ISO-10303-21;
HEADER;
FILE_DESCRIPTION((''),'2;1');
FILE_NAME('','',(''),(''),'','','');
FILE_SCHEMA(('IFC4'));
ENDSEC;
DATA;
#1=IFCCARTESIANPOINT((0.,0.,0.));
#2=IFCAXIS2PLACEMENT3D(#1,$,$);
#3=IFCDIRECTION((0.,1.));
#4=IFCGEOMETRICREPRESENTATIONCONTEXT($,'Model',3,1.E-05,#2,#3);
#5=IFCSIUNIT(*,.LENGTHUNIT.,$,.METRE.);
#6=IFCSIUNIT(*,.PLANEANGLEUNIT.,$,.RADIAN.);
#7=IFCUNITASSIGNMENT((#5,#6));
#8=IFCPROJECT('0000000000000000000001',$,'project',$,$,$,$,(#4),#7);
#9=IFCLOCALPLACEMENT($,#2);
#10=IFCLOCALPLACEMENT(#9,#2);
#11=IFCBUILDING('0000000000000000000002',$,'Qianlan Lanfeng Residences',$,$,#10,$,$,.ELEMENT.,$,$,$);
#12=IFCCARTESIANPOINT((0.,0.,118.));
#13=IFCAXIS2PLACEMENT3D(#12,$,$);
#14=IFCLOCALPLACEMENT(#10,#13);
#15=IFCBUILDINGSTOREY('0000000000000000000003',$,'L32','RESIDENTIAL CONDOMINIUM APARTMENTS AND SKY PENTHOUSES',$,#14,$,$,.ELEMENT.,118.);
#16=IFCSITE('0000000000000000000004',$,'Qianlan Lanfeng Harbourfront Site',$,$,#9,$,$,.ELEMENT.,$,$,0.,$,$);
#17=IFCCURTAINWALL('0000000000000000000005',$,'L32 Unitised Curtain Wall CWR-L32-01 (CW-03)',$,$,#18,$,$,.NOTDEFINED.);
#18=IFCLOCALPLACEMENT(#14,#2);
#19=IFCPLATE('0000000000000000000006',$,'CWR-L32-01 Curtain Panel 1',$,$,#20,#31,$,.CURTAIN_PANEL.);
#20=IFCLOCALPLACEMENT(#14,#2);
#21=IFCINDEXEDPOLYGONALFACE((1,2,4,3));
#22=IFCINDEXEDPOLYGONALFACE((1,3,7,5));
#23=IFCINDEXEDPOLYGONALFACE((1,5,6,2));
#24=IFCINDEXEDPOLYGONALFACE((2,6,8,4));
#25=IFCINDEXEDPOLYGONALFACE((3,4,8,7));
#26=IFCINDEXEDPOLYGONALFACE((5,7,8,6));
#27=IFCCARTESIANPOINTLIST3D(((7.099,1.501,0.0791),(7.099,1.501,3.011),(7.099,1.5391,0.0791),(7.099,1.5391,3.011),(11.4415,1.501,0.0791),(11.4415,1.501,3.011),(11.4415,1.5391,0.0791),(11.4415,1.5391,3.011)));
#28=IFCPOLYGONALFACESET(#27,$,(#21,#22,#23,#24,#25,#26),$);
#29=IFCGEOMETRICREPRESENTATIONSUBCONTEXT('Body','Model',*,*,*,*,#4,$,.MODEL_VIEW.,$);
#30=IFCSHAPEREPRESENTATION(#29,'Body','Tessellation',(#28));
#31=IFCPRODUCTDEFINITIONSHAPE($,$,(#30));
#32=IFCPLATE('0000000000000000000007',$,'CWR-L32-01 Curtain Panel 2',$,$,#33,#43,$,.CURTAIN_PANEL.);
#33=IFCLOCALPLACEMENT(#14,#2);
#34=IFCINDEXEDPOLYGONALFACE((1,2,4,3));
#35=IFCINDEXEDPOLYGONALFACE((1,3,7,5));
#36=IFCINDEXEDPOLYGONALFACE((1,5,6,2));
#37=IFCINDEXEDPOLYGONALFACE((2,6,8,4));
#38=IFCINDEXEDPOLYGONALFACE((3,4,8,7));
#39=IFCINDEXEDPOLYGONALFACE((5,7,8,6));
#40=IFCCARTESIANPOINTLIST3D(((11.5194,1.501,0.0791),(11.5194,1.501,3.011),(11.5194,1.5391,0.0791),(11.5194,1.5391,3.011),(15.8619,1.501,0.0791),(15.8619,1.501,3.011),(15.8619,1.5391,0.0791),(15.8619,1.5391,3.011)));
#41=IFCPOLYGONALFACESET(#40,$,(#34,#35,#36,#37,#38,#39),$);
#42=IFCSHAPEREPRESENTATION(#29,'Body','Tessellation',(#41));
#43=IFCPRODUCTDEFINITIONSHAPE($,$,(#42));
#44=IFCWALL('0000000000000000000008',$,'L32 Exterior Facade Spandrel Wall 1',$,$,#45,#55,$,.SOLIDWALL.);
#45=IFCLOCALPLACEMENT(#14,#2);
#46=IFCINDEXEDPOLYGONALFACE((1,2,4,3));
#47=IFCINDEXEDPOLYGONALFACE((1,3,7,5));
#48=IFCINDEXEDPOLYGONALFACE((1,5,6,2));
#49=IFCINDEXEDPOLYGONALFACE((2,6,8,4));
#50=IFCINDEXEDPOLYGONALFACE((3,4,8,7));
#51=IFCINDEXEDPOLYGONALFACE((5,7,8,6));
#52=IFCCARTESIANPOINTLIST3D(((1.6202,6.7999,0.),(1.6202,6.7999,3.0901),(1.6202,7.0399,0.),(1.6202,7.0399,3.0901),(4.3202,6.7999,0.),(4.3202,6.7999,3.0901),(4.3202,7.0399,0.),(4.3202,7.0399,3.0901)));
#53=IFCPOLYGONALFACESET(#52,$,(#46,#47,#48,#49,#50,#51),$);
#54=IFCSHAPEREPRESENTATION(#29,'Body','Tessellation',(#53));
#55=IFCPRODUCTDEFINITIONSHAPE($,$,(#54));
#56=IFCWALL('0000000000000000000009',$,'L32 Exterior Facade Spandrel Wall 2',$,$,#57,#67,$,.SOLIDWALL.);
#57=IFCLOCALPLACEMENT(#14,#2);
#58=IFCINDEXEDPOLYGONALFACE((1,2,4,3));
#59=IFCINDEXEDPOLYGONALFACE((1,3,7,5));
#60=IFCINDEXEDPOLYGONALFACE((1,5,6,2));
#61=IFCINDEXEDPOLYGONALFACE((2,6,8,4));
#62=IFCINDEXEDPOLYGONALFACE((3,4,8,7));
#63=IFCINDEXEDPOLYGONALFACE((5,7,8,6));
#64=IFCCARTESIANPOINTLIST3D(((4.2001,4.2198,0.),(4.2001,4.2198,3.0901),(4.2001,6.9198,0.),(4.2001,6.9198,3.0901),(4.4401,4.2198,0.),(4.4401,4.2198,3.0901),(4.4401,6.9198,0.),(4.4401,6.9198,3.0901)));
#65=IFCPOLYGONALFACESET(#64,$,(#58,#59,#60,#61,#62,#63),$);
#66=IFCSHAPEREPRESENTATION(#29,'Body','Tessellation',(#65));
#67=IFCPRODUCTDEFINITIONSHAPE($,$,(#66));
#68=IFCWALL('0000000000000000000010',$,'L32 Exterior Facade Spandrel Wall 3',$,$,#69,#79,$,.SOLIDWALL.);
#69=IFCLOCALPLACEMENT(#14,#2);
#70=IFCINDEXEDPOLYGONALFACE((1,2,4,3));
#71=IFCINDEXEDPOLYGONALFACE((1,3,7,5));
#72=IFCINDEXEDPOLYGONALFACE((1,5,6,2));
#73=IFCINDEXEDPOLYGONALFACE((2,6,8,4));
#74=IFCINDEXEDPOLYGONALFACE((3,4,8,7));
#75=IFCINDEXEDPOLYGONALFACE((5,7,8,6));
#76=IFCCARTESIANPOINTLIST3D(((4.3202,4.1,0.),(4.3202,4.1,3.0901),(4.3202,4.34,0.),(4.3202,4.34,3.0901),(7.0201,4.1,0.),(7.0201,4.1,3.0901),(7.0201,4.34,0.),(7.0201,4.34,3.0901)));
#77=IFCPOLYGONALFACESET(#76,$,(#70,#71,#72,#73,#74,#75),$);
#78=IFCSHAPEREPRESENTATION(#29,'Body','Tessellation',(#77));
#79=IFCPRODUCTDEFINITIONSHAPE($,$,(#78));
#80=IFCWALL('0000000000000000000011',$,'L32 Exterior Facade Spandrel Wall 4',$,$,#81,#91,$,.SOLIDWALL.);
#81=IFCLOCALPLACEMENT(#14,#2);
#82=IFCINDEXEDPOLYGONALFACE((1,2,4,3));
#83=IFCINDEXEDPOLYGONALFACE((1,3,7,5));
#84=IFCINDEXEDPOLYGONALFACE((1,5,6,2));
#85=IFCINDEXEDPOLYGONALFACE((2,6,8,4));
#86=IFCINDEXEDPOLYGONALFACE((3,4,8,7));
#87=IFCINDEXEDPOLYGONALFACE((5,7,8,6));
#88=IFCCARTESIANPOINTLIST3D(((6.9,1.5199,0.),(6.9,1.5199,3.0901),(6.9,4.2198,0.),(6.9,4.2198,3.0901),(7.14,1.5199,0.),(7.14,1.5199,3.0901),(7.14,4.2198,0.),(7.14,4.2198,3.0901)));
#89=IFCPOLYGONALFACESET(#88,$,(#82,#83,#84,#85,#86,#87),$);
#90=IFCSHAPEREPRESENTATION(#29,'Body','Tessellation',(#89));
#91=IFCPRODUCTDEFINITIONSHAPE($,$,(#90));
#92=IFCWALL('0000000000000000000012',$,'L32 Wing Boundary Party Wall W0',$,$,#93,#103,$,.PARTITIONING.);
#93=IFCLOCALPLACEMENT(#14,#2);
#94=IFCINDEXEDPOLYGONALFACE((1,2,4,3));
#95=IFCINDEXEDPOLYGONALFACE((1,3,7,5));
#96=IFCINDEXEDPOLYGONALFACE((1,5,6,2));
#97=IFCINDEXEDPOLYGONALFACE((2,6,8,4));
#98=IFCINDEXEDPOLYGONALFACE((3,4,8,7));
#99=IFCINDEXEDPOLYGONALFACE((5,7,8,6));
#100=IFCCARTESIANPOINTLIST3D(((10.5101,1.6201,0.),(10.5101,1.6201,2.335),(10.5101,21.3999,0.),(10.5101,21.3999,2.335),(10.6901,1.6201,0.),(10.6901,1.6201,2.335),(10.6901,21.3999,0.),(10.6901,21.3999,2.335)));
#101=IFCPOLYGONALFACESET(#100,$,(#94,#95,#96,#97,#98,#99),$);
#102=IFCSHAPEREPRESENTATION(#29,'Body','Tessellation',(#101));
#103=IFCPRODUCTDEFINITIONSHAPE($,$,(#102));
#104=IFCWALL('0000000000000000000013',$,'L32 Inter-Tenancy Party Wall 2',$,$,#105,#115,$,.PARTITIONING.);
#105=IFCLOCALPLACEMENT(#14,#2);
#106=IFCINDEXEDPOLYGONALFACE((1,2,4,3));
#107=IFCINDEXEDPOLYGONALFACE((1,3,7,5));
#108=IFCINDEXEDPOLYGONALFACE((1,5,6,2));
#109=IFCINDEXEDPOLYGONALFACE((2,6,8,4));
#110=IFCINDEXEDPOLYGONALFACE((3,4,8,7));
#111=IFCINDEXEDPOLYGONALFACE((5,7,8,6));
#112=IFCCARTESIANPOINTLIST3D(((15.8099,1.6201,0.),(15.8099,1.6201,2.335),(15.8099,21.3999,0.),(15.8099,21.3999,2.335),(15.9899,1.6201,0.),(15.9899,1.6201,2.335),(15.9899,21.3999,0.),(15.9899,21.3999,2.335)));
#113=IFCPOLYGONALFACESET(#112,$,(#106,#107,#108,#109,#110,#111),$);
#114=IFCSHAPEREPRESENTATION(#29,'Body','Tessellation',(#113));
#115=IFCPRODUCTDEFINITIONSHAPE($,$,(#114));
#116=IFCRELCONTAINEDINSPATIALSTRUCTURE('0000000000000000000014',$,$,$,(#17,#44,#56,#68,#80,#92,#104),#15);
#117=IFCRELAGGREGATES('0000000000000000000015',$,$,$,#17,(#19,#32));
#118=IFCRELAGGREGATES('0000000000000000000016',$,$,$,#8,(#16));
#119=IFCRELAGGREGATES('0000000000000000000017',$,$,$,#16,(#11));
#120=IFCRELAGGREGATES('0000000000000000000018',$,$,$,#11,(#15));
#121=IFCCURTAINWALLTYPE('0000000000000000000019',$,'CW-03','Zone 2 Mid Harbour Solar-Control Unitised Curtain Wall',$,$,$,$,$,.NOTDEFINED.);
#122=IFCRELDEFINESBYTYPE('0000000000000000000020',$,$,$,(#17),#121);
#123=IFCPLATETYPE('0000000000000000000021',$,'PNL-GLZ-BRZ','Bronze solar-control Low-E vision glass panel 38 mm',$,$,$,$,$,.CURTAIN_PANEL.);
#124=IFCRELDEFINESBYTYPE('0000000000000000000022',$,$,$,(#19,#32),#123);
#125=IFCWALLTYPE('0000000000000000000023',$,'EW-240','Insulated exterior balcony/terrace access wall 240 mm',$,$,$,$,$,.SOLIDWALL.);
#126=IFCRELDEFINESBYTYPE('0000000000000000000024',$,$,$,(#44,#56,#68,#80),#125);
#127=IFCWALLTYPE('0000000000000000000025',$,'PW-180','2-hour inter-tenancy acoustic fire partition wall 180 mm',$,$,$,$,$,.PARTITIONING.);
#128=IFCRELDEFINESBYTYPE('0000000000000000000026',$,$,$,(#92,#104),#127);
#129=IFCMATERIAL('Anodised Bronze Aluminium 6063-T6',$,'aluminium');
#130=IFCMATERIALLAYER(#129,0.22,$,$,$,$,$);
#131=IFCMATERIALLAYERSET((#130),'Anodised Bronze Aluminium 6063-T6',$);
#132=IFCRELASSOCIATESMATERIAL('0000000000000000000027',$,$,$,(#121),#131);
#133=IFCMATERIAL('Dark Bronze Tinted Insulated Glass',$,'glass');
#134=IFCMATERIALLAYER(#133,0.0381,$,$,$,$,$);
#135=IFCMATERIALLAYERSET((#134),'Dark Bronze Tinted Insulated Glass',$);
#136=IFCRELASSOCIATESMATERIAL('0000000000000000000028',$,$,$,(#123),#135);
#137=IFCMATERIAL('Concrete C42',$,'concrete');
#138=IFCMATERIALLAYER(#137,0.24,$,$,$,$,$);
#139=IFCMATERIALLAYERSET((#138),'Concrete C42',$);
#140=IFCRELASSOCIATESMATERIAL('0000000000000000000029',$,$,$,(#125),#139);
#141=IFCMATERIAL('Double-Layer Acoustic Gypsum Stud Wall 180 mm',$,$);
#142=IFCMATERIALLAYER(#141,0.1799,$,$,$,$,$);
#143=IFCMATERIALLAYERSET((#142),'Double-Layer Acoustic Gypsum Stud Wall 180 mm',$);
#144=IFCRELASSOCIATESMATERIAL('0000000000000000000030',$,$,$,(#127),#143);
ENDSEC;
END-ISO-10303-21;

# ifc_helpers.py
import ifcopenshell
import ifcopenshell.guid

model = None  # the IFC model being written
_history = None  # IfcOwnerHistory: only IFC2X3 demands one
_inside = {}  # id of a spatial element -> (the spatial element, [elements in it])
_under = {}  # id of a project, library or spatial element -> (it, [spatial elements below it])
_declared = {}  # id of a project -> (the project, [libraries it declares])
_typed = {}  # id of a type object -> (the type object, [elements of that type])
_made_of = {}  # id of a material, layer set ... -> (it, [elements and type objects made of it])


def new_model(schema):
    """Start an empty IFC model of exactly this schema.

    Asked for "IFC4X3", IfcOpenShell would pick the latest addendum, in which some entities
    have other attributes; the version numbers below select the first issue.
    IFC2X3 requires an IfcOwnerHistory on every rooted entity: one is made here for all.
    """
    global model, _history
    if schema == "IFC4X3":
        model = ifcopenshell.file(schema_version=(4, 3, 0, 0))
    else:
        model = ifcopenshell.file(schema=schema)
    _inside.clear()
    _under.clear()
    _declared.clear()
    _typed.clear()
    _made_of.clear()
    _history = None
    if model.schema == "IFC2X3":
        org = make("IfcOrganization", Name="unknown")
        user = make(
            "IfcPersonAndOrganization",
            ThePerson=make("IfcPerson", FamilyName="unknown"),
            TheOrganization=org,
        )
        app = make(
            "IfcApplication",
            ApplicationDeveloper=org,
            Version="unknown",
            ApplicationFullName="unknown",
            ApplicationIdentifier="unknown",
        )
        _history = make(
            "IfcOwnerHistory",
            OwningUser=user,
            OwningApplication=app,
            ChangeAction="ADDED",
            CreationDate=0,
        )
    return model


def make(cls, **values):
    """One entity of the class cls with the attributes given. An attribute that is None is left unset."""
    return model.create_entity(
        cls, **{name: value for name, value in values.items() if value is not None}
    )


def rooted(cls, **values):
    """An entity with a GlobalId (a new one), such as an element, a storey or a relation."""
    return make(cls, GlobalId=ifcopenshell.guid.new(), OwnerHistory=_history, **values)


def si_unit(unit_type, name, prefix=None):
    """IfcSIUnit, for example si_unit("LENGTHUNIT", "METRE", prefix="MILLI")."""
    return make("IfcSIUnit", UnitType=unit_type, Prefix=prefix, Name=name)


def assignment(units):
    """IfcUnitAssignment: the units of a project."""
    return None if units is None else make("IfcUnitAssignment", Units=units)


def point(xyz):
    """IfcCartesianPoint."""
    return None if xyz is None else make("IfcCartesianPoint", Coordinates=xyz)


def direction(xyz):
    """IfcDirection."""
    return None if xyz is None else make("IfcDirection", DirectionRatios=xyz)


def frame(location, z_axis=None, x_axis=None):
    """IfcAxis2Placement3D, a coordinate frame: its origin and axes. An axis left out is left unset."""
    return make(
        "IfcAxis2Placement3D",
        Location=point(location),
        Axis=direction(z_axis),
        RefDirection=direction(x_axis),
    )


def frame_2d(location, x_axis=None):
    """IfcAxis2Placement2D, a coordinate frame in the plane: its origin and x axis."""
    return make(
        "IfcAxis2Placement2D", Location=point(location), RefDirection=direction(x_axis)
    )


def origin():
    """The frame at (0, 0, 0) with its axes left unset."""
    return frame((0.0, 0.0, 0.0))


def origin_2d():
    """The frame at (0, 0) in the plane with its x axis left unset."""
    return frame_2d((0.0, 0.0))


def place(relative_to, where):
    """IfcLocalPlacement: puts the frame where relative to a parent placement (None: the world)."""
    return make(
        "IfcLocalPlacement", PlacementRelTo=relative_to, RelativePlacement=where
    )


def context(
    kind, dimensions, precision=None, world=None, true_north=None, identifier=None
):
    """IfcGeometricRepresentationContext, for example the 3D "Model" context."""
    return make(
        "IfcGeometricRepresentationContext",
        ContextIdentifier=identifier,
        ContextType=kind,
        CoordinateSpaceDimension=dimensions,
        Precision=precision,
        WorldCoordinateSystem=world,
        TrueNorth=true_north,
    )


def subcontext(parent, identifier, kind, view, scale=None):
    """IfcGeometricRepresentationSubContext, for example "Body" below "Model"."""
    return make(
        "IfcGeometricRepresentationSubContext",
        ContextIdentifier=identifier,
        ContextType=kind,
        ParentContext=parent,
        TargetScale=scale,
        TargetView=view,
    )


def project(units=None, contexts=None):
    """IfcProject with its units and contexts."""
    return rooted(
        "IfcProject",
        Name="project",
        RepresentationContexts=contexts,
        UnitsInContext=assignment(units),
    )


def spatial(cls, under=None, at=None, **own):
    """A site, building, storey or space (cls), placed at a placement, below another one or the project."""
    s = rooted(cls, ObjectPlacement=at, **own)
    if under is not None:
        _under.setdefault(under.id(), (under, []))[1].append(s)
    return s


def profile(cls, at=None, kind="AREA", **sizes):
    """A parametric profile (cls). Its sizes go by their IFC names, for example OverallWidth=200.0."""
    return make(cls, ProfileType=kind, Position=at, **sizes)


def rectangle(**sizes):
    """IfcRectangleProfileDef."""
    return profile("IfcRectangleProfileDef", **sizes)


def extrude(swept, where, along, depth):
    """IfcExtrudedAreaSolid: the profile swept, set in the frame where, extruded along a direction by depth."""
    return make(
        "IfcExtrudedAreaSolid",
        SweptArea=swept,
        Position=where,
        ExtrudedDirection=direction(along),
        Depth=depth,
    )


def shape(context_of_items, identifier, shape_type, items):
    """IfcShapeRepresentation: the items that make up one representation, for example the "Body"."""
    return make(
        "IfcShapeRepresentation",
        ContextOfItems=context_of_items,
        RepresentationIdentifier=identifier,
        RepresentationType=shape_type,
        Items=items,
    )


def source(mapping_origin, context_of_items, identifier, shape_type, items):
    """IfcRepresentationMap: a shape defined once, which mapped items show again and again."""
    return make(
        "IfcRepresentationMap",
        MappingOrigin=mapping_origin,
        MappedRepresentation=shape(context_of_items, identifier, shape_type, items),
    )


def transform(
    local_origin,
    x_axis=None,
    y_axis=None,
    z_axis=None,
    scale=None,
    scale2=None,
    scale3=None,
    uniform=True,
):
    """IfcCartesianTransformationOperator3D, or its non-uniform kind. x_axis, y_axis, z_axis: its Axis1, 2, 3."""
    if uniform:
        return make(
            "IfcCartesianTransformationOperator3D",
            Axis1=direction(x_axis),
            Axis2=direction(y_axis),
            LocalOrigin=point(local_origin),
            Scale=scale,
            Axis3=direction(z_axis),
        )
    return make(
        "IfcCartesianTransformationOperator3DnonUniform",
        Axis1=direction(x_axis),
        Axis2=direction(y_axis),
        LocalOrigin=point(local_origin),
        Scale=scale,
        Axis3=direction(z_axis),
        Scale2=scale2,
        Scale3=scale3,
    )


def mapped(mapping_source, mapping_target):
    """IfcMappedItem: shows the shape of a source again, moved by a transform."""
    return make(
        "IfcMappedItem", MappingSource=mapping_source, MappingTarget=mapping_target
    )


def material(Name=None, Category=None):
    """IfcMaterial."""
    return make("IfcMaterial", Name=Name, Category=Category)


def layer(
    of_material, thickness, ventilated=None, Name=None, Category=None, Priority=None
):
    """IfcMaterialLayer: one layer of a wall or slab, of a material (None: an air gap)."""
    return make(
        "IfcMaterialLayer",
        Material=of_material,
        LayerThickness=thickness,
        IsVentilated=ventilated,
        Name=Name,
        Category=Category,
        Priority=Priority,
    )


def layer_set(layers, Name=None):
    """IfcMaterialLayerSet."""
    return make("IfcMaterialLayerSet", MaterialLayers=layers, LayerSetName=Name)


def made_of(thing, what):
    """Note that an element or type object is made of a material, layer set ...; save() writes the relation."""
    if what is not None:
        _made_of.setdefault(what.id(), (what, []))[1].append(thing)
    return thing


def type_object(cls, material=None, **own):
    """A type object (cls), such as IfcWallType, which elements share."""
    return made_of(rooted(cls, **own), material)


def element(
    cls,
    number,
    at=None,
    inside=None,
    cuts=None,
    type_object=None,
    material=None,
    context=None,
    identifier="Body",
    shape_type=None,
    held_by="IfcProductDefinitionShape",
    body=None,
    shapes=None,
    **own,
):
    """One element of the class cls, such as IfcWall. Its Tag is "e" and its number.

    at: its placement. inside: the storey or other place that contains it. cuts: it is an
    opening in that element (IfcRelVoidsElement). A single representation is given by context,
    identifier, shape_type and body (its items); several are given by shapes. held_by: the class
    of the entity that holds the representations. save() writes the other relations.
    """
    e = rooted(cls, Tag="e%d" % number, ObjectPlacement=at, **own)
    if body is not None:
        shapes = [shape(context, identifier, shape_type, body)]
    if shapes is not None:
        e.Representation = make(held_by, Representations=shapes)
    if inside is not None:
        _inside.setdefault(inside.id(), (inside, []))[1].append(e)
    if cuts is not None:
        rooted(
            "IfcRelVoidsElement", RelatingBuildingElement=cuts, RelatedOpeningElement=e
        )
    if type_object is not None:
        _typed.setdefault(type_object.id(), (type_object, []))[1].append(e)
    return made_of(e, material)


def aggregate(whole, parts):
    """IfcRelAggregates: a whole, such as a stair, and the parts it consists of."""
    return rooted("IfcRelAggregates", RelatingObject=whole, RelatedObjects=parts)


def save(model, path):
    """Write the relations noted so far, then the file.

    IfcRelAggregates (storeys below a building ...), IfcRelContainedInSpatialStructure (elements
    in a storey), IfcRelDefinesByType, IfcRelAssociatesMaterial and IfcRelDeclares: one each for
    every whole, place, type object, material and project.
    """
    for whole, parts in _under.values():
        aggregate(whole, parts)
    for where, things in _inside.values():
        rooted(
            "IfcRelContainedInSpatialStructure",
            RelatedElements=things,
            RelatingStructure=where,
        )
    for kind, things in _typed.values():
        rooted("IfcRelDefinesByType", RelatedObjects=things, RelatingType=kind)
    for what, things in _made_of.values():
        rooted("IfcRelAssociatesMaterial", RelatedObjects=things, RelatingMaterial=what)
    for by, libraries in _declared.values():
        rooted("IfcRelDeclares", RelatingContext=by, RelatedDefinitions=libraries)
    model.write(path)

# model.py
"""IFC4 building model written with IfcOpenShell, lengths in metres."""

from ifc_helpers import new_model, si_unit, direction, frame, frame_2d, origin, origin_2d, place, context, subcontext, project, spatial, rectangle, extrude, source, transform, mapped, material, layer, layer_set, type_object, element, aggregate, save


model = new_model("IFC4")

# Units and contexts
model_context = context("Model", 3, precision=1e-05, world=origin(), true_north=direction((0.0, 1.0)))
body_context = subcontext(model_context, "Body", "Model", "MODEL_VIEW")
ifc_project = project(units=[si_unit("LENGTHUNIT", "METRE"), si_unit("PLANEANGLEUNIT", "RADIAN")], contexts=[model_context])

# Site, building, storey
site_placement = place(None, origin())
site = spatial("IfcSite", under=ifc_project, at=site_placement, Name="Qianlan Lanfeng Harbourfront Site", CompositionType="ELEMENT", RefElevation=0.0)
building_placement = place(site_placement, origin())
building = spatial("IfcBuilding", under=site, at=building_placement, Name="Qianlan Lanfeng Residences", CompositionType="ELEMENT")
storey_placement = place(building_placement, frame((0.0, 0.0, 118.0)))
storey = spatial("IfcBuildingStorey", under=building, at=storey_placement, Name="L32", Description="RESIDENTIAL CONDOMINIUM APARTMENTS AND SKY PENTHOUSES", CompositionType="ELEMENT", Elevation=118.0)

# Curtain wall, plates
ifc_material_1 = material(Name="Anodised Bronze Aluminium 6063-T6", Category="aluminium")
ifc_layer_1 = layer(ifc_material_1, 0.22)
ifc_layer_set_1 = layer_set([ifc_layer_1], Name="Anodised Bronze Aluminium 6063-T6")
curtain_wall_type = type_object("IfcCurtainWallType", Name="CW-03", Description="Zone 2 Mid Harbour Solar-Control Unitised Curtain Wall", PredefinedType="NOTDEFINED", material=ifc_layer_set_1)
curtain_wall_placement = place(storey_placement, origin())
curtain_wall = element("IfcCurtainWall", 1, at=curtain_wall_placement, inside=storey, type_object=curtain_wall_type, Name="L32 Unitised Curtain Wall CWR-L32-01 (CW-03)", PredefinedType="NOTDEFINED")
ifc_material_2 = material(Name="Dark Bronze Tinted Insulated Glass", Category="glass")
ifc_layer_2 = layer(ifc_material_2, 0.0381)
ifc_layer_set_2 = layer_set([ifc_layer_2], Name="Dark Bronze Tinted Insulated Glass")
plate_type = type_object("IfcPlateType", Name="PNL-GLZ-BRZ", Description="Bronze solar-control Low-E vision glass panel 38 mm", PredefinedType="CURTAIN_PANEL", material=ifc_layer_set_2)
shared_shape_1 = source(origin(), body_context, "Body", "SweptSolid", [
    extrude(rectangle(XDim=4.3425, YDim=0.0381, at=origin_2d()), origin(), (0.0, 0.0, 1.0), 2.9319),
])
plate_1_placement = place(storey_placement, frame((9.2703, 1.52, 0.0791), z_axis=(0.0, 0.0, 1.0), x_axis=(1.0, 0.0, 0.0)))
plate_1 = element("IfcPlate", 2, at=plate_1_placement, type_object=plate_type, Name="CWR-L32-01 Curtain Panel 1", PredefinedType="CURTAIN_PANEL", context=body_context, shape_type="MappedRepresentation", body=[
    mapped(shared_shape_1, transform((0.0, 0.0, 0.0), scale=1.0)),
])
plate_2_placement = place(storey_placement, frame((13.6907, 1.52, 0.0791), z_axis=(0.0, 0.0, 1.0), x_axis=(1.0, 0.0, 0.0)))
plate_2 = element("IfcPlate", 3, at=plate_2_placement, type_object=plate_type, Name="CWR-L32-01 Curtain Panel 2", PredefinedType="CURTAIN_PANEL", context=body_context, shape_type="MappedRepresentation", body=[
    mapped(shared_shape_1, transform((0.0, 0.0, 0.0), scale=1.0)),
])
aggregate(curtain_wall, [plate_1, plate_2])

# Walls
ifc_material_3 = material(Name="Concrete C42", Category="concrete")
ifc_layer_3 = layer(ifc_material_3, 0.24)
ifc_layer_set_3 = layer_set([ifc_layer_3], Name="Concrete C42")
wall_type_1 = type_object("IfcWallType", Name="EW-240", Description="Insulated exterior balcony/terrace access wall 240 mm", PredefinedType="SOLIDWALL", material=ifc_layer_set_3)
for number, where, z_axis, x_axis, name in (
    (4, (1.6201, 6.9199, 0.0), (0.0, 0.0, 1.0), (1.0, 0.0, 0.0), "L32 Exterior Facade Spandrel Wall 1"),
    (5, (4.3201, 6.9199, 0.0), (0.0, 0.0, 1.0), (0.0, -1.0, 0.0), "L32 Exterior Facade Spandrel Wall 2"),
    (6, (4.3201, 4.22, 0.0), (0.0, 0.0, 1.0), (1.0, 0.0, 0.0), "L32 Exterior Facade Spandrel Wall 3"),
    (7, (7.02, 4.22, 0.0), (0.0, 0.0, 1.0), (0.0, -1.0, 0.0), "L32 Exterior Facade Spandrel Wall 4"),
):
    element("IfcWall", number, at=place(storey_placement, frame(where, z_axis=z_axis, x_axis=x_axis)), inside=storey, type_object=wall_type_1, Name=name, PredefinedType="SOLIDWALL", context=body_context, shape_type="SweptSolid", body=[
        extrude(rectangle(XDim=2.7, YDim=0.24, at=frame_2d((1.3501, 0.0))), origin(), (0.0, 0.0, 1.0), 3.0901),
    ])
ifc_material_4 = material(Name="Double-Layer Acoustic Gypsum Stud Wall 180 mm")
ifc_layer_4 = layer(ifc_material_4, 0.1799)
ifc_layer_set_4 = layer_set([ifc_layer_4], Name="Double-Layer Acoustic Gypsum Stud Wall 180 mm")
wall_type_2 = type_object("IfcWallType", Name="PW-180", Description="2-hour inter-tenancy acoustic fire partition wall 180 mm", PredefinedType="PARTITIONING", material=ifc_layer_set_4)
for number, where, z_axis, x_axis, name in (
    (8, (10.6001, 1.6201, 0.0), (0.0, 0.0, 1.0), (0.0, 1.0, 0.0), "L32 Wing Boundary Party Wall W0"),
    (9, (15.8999, 1.6201, 0.0), (0.0, 0.0, 1.0), (0.0, 1.0, 0.0), "L32 Inter-Tenancy Party Wall 2"),
):
    element("IfcWall", number, at=place(storey_placement, frame(where, z_axis=z_axis, x_axis=x_axis)), inside=storey, type_object=wall_type_2, Name=name, PredefinedType="PARTITIONING", context=body_context, shape_type="SweptSolid", body=[
        extrude(rectangle(XDim=19.7798, YDim=0.1799, at=frame_2d((9.8899, 0.0))), origin(), (0.0, 0.0, 1.0), 2.335),
    ])

save(model, "model.ifc")
